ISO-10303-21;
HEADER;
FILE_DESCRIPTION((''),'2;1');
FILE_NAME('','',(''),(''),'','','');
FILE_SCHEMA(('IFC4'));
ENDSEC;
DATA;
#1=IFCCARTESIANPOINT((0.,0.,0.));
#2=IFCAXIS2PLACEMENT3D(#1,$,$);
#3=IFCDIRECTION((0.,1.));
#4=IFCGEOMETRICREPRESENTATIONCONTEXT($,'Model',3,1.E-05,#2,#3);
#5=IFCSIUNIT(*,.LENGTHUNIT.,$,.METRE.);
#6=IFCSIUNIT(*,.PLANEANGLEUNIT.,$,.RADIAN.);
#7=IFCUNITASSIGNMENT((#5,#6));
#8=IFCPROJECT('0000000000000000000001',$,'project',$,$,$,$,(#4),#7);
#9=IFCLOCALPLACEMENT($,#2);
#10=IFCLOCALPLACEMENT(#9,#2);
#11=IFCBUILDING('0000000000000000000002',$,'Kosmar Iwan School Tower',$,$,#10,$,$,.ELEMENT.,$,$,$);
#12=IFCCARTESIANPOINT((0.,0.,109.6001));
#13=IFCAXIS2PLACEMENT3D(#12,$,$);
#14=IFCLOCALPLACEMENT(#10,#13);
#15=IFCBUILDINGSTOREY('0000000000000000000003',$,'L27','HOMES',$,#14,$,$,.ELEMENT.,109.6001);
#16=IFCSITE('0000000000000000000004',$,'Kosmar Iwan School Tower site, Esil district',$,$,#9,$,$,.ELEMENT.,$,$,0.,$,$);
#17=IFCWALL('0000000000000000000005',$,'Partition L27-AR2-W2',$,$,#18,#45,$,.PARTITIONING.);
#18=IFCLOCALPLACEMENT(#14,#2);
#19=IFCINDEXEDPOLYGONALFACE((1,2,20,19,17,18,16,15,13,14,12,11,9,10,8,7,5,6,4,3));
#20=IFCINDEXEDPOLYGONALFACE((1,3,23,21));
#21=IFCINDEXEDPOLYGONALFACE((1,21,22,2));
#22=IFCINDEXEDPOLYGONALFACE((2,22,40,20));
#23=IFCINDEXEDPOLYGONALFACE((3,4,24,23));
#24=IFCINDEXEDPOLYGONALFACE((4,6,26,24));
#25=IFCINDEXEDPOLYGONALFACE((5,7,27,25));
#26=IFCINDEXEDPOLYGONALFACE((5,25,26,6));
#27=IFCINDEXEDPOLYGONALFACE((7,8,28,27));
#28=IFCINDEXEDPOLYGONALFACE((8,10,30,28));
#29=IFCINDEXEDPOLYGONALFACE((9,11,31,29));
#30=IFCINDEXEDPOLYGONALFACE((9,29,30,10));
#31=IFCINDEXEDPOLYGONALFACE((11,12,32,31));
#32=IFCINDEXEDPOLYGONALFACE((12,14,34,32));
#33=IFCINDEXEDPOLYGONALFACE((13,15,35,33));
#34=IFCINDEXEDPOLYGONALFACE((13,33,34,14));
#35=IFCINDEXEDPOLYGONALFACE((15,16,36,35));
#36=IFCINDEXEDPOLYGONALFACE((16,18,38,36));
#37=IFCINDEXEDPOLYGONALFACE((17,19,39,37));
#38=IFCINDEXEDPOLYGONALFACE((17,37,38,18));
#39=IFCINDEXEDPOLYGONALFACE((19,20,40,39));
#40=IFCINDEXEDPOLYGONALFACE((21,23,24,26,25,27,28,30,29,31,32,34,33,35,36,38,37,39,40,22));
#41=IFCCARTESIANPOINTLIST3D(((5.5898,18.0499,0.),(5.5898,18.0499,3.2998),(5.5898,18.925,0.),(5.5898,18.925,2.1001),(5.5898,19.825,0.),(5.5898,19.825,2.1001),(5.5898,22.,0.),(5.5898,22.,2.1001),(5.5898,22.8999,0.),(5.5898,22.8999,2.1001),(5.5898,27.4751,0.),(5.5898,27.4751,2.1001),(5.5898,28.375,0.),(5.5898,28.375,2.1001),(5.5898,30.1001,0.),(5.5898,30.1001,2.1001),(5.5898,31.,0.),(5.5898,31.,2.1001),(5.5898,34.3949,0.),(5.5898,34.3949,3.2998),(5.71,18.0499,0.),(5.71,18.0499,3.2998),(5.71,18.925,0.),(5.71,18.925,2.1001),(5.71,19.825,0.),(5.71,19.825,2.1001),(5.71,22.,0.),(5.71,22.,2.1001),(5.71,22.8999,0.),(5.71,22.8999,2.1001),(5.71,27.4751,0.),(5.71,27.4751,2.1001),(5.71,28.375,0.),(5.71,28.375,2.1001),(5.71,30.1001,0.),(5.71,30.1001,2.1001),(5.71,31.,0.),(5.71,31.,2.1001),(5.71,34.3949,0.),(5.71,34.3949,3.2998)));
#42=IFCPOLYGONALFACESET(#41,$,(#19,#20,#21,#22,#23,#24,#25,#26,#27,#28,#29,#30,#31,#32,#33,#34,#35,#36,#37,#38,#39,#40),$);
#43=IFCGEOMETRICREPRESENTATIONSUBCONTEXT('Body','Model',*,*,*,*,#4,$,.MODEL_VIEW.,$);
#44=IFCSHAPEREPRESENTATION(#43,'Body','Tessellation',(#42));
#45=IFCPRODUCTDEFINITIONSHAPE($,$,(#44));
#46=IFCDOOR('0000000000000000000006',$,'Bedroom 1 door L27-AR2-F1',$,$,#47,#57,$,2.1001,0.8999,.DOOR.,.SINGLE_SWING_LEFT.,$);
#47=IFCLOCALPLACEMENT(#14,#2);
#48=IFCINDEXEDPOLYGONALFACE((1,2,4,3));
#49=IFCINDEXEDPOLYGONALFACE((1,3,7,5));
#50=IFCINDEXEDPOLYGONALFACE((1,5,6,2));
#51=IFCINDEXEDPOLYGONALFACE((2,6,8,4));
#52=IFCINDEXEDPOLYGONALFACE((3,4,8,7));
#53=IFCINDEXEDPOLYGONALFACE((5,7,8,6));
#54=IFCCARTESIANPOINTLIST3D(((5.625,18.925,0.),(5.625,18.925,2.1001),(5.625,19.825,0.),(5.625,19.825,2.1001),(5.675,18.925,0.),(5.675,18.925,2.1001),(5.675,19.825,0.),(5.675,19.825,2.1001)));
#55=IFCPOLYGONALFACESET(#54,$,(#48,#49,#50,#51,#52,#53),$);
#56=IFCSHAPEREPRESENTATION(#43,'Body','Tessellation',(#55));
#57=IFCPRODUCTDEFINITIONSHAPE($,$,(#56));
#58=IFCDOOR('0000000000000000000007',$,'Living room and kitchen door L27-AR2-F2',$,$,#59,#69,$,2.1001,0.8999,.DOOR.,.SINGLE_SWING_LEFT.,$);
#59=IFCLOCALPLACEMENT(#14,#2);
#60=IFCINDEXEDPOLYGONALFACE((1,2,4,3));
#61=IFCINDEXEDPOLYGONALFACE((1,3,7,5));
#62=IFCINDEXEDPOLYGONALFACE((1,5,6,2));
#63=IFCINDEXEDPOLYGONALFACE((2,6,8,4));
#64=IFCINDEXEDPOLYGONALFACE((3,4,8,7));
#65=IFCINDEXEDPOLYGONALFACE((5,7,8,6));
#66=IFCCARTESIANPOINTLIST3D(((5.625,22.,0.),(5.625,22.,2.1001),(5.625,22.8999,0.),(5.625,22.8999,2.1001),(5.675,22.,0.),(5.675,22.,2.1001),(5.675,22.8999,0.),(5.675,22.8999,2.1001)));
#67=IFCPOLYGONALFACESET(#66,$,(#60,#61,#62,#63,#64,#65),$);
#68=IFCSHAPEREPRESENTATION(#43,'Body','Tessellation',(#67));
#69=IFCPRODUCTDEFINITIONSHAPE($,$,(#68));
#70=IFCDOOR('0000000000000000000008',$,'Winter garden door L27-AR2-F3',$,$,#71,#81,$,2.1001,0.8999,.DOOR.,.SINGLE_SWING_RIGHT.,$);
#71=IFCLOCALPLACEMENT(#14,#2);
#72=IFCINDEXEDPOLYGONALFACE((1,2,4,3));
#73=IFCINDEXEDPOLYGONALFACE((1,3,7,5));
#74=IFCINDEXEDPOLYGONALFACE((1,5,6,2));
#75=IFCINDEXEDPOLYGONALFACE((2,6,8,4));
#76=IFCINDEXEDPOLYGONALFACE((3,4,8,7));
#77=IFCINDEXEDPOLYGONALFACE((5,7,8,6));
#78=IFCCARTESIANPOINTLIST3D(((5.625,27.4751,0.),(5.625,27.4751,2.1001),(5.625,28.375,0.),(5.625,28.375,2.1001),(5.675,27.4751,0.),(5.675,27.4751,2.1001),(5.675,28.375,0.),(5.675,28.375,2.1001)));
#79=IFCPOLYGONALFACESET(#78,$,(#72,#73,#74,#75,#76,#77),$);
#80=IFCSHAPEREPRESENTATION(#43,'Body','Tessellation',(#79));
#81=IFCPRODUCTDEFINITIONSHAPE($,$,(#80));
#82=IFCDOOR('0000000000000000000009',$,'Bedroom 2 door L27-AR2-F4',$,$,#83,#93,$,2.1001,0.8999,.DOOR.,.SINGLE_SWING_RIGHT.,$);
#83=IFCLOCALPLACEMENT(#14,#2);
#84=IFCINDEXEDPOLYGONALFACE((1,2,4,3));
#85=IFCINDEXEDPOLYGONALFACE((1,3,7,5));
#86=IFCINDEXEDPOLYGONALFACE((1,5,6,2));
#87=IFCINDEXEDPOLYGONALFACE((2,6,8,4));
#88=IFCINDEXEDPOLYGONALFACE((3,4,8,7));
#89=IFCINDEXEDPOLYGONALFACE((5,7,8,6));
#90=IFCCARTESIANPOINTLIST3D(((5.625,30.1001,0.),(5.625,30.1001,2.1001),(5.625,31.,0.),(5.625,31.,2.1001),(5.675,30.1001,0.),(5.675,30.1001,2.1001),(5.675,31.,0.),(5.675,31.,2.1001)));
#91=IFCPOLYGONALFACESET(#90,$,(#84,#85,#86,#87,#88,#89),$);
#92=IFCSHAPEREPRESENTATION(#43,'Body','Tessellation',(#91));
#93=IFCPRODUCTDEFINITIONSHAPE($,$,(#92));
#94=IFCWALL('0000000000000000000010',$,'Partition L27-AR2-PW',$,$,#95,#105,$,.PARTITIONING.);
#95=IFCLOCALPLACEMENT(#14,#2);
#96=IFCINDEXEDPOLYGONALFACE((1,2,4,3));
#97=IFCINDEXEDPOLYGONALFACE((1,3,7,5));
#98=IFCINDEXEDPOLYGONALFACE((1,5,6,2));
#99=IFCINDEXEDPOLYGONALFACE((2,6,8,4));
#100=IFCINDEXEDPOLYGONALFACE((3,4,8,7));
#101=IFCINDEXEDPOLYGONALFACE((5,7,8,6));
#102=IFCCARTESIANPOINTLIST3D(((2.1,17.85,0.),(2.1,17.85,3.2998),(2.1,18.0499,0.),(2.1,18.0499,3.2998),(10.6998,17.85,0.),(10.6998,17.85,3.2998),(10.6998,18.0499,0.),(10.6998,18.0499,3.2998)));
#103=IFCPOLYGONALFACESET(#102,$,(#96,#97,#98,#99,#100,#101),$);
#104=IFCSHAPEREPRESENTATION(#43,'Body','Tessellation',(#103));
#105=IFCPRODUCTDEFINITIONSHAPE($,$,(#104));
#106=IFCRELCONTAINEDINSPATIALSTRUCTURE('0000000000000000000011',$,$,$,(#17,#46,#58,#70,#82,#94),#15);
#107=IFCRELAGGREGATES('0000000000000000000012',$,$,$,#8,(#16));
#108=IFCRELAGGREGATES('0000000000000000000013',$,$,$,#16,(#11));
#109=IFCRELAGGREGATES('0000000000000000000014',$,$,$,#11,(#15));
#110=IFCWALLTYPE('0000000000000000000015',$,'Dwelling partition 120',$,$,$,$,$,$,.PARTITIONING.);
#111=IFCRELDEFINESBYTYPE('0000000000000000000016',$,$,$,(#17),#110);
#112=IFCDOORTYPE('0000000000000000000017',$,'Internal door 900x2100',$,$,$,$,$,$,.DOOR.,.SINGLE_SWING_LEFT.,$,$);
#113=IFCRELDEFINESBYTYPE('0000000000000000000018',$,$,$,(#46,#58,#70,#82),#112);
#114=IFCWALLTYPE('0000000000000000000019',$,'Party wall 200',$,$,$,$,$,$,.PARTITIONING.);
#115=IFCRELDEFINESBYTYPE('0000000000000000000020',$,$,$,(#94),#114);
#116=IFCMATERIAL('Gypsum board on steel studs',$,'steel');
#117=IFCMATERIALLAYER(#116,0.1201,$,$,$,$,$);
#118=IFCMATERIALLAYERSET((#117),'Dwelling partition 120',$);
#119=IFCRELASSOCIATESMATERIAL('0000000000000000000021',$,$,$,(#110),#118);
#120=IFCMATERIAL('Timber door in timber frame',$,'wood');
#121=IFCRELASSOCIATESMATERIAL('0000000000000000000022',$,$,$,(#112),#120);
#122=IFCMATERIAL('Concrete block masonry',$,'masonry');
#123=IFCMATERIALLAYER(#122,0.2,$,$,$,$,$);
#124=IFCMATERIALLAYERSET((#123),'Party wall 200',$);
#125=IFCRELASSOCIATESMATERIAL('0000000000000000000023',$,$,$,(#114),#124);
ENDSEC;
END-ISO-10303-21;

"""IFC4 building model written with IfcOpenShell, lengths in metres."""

from ifc_helpers import new_model, si_unit, direction, frame, frame_2d, origin, place, context, subcontext, project, spatial, rectangle, extrude, material, layer, layer_set, type_object, element, fill, save


model = new_model("IFC4")

# Units and contexts
model_context = context("Model", 3, precision=1e-05, world=origin(), true_north=direction((0.0, 1.0)))
body_context = subcontext(model_context, "Body", "Model", "MODEL_VIEW")
ifc_project = project(units=[si_unit("LENGTHUNIT", "METRE"), si_unit("PLANEANGLEUNIT", "RADIAN")], contexts=[model_context])

# Site, building, storey
site_placement = place(None, origin())
site = spatial("IfcSite", under=ifc_project, at=site_placement, Name="Kosmar Iwan School Tower site, Esil district", CompositionType="ELEMENT", RefElevation=0.0)
building_placement = place(site_placement, origin())
building = spatial("IfcBuilding", under=site, at=building_placement, Name="Kosmar Iwan School Tower", CompositionType="ELEMENT")
storey_placement = place(building_placement, frame((0.0, 0.0, 109.6001)))
storey = spatial("IfcBuildingStorey", under=building, at=storey_placement, Name="L27", Description="HOMES", CompositionType="ELEMENT", Elevation=109.6001)

# Shared definitions
ifc_material_1 = material(Name="Gypsum board on steel studs", Category="steel")
ifc_layer_1 = layer(ifc_material_1, 0.1201)
ifc_layer_set_1 = layer_set([ifc_layer_1], Name="Dwelling partition 120")
wall_type_1 = type_object("IfcWallType", Name="Dwelling partition 120", PredefinedType="PARTITIONING", material=ifc_layer_set_1)
ifc_material_2 = material(Name="Timber door in timber frame", Category="wood")
door_type_1 = type_object("IfcDoorType", Name="Internal door 900x2100", OperationType="SINGLE_SWING_LEFT", PredefinedType="DOOR", material=ifc_material_2)

# Wall, openings, doors
wall_1_placement = place(storey_placement, frame((5.6499, 18.05, 0.0), z_axis=(0.0, 0.0, 1.0), x_axis=(0.0, 1.0, 0.0)))
wall_1 = element("IfcWall", 1, at=wall_1_placement, inside=storey, type_object=wall_type_1, Name="Partition L27-AR2-W2", PredefinedType="PARTITIONING", context=body_context, shape_type="SweptSolid", body=[
    extrude(rectangle(XDim=16.345, YDim=0.1201, at=frame_2d((8.1724, 0.0))), origin(), (0.0, 0.0, 1.0), 3.2998),
])
opening_1_placement = place(wall_1_placement, frame((0.875, 0.0, 0.0)))
opening_1 = element("IfcOpeningElement", 2, at=opening_1_placement, cuts=wall_1, PredefinedType="OPENING", context=body_context, shape_type="SweptSolid", body=[
    extrude(rectangle(XDim=0.8999, YDim=2.1001, at=frame_2d((0.45, 1.05))), frame((0.0, 0.072, 0.0), z_axis=(0.0, -1.0, 0.0), x_axis=(1.0, 0.0, 0.0)), (0.0, 0.0, 1.0), 0.144),
])
opening_2_placement = place(wall_1_placement, frame((3.95, 0.0, 0.0)))
opening_2 = element("IfcOpeningElement", 3, at=opening_2_placement, cuts=wall_1, PredefinedType="OPENING", context=body_context, shape_type="SweptSolid", body=[
    extrude(rectangle(XDim=0.8999, YDim=2.1001, at=frame_2d((0.45, 1.05))), frame((0.0, 0.072, 0.0), z_axis=(0.0, -1.0, 0.0), x_axis=(1.0, 0.0, 0.0)), (0.0, 0.0, 1.0), 0.144),
])
opening_3_placement = place(wall_1_placement, frame((9.425, 0.0, 0.0)))
opening_3 = element("IfcOpeningElement", 4, at=opening_3_placement, cuts=wall_1, PredefinedType="OPENING", context=body_context, shape_type="SweptSolid", body=[
    extrude(rectangle(XDim=0.8999, YDim=2.1001, at=frame_2d((0.45, 1.05))), frame((0.0, 0.072, 0.0), z_axis=(0.0, -1.0, 0.0), x_axis=(1.0, 0.0, 0.0)), (0.0, 0.0, 1.0), 0.144),
])
opening_4_placement = place(wall_1_placement, frame((12.05, 0.0, 0.0)))
opening_4 = element("IfcOpeningElement", 5, at=opening_4_placement, cuts=wall_1, PredefinedType="OPENING", context=body_context, shape_type="SweptSolid", body=[
    extrude(rectangle(XDim=0.8999, YDim=2.1001, at=frame_2d((0.45, 1.05))), frame((0.0, 0.072, 0.0), z_axis=(0.0, -1.0, 0.0), x_axis=(1.0, 0.0, 0.0)), (0.0, 0.0, 1.0), 0.144),
])
door_1_placement = place(opening_1_placement, origin())
door_1 = element("IfcDoor", 6, at=door_1_placement, inside=storey, type_object=door_type_1, Name="Bedroom 1 door L27-AR2-F1", OperationType="SINGLE_SWING_LEFT", OverallHeight=2.1001, OverallWidth=0.8999, PredefinedType="DOOR", context=body_context, shape_type="SweptSolid", body=[
    extrude(rectangle(XDim=0.8999, YDim=2.1001, at=frame_2d((0.45, 1.05))), frame((0.0, 0.0249, 0.0), z_axis=(0.0, -1.0, 0.0), x_axis=(1.0, 0.0, 0.0)), (0.0, 0.0, 1.0), 0.05),
])
fill(opening_1, door_1)
door_2_placement = place(opening_2_placement, origin())
door_2 = element("IfcDoor", 7, at=door_2_placement, inside=storey, type_object=door_type_1, Name="Living room and kitchen door L27-AR2-F2", OperationType="SINGLE_SWING_LEFT", OverallHeight=2.1001, OverallWidth=0.8999, PredefinedType="DOOR", context=body_context, shape_type="SweptSolid", body=[
    extrude(rectangle(XDim=0.8999, YDim=2.1001, at=frame_2d((0.45, 1.05))), frame((0.0, 0.0249, 0.0), z_axis=(0.0, -1.0, 0.0), x_axis=(1.0, 0.0, 0.0)), (0.0, 0.0, 1.0), 0.05),
])
fill(opening_2, door_2)
door_3_placement = place(opening_3_placement, origin())
door_3 = element("IfcDoor", 8, at=door_3_placement, inside=storey, type_object=door_type_1, Name="Winter garden door L27-AR2-F3", OperationType="SINGLE_SWING_RIGHT", OverallHeight=2.1001, OverallWidth=0.8999, PredefinedType="DOOR", context=body_context, shape_type="SweptSolid", body=[
    extrude(rectangle(XDim=0.8999, YDim=2.1001, at=frame_2d((0.45, 1.05))), frame((0.0, 0.0249, 0.0), z_axis=(0.0, -1.0, 0.0), x_axis=(1.0, 0.0, 0.0)), (0.0, 0.0, 1.0), 0.05),
])
fill(opening_3, door_3)
door_4_placement = place(opening_4_placement, origin())
door_4 = element("IfcDoor", 9, at=door_4_placement, inside=storey, type_object=door_type_1, Name="Bedroom 2 door L27-AR2-F4", OperationType="SINGLE_SWING_RIGHT", OverallHeight=2.1001, OverallWidth=0.8999, PredefinedType="DOOR", context=body_context, shape_type="SweptSolid", body=[
    extrude(rectangle(XDim=0.8999, YDim=2.1001, at=frame_2d((0.45, 1.05))), frame((0.0, 0.0249, 0.0), z_axis=(0.0, -1.0, 0.0), x_axis=(1.0, 0.0, 0.0)), (0.0, 0.0, 1.0), 0.05),
])
fill(opening_4, door_4)

# Wall
ifc_material_3 = material(Name="Concrete block masonry", Category="masonry")
ifc_layer_2 = layer(ifc_material_3, 0.2)
ifc_layer_set_2 = layer_set([ifc_layer_2], Name="Party wall 200")
wall_type_2 = type_object("IfcWallType", Name="Party wall 200", PredefinedType="PARTITIONING", material=ifc_layer_set_2)
wall_2_placement = place(storey_placement, frame((2.1001, 17.95, 0.0), z_axis=(0.0, 0.0, 1.0), x_axis=(1.0, 0.0, 0.0)))
element("IfcWall", 10, at=wall_2_placement, inside=storey, type_object=wall_type_2, Name="Partition L27-AR2-PW", PredefinedType="PARTITIONING", context=body_context, shape_type="SweptSolid", body=[
    extrude(rectangle(XDim=8.5999, YDim=0.2, at=frame_2d((4.2998, 0.0))), origin(), (0.0, 0.0, 1.0), 3.2998),
])

save(model, "model.ifc")
